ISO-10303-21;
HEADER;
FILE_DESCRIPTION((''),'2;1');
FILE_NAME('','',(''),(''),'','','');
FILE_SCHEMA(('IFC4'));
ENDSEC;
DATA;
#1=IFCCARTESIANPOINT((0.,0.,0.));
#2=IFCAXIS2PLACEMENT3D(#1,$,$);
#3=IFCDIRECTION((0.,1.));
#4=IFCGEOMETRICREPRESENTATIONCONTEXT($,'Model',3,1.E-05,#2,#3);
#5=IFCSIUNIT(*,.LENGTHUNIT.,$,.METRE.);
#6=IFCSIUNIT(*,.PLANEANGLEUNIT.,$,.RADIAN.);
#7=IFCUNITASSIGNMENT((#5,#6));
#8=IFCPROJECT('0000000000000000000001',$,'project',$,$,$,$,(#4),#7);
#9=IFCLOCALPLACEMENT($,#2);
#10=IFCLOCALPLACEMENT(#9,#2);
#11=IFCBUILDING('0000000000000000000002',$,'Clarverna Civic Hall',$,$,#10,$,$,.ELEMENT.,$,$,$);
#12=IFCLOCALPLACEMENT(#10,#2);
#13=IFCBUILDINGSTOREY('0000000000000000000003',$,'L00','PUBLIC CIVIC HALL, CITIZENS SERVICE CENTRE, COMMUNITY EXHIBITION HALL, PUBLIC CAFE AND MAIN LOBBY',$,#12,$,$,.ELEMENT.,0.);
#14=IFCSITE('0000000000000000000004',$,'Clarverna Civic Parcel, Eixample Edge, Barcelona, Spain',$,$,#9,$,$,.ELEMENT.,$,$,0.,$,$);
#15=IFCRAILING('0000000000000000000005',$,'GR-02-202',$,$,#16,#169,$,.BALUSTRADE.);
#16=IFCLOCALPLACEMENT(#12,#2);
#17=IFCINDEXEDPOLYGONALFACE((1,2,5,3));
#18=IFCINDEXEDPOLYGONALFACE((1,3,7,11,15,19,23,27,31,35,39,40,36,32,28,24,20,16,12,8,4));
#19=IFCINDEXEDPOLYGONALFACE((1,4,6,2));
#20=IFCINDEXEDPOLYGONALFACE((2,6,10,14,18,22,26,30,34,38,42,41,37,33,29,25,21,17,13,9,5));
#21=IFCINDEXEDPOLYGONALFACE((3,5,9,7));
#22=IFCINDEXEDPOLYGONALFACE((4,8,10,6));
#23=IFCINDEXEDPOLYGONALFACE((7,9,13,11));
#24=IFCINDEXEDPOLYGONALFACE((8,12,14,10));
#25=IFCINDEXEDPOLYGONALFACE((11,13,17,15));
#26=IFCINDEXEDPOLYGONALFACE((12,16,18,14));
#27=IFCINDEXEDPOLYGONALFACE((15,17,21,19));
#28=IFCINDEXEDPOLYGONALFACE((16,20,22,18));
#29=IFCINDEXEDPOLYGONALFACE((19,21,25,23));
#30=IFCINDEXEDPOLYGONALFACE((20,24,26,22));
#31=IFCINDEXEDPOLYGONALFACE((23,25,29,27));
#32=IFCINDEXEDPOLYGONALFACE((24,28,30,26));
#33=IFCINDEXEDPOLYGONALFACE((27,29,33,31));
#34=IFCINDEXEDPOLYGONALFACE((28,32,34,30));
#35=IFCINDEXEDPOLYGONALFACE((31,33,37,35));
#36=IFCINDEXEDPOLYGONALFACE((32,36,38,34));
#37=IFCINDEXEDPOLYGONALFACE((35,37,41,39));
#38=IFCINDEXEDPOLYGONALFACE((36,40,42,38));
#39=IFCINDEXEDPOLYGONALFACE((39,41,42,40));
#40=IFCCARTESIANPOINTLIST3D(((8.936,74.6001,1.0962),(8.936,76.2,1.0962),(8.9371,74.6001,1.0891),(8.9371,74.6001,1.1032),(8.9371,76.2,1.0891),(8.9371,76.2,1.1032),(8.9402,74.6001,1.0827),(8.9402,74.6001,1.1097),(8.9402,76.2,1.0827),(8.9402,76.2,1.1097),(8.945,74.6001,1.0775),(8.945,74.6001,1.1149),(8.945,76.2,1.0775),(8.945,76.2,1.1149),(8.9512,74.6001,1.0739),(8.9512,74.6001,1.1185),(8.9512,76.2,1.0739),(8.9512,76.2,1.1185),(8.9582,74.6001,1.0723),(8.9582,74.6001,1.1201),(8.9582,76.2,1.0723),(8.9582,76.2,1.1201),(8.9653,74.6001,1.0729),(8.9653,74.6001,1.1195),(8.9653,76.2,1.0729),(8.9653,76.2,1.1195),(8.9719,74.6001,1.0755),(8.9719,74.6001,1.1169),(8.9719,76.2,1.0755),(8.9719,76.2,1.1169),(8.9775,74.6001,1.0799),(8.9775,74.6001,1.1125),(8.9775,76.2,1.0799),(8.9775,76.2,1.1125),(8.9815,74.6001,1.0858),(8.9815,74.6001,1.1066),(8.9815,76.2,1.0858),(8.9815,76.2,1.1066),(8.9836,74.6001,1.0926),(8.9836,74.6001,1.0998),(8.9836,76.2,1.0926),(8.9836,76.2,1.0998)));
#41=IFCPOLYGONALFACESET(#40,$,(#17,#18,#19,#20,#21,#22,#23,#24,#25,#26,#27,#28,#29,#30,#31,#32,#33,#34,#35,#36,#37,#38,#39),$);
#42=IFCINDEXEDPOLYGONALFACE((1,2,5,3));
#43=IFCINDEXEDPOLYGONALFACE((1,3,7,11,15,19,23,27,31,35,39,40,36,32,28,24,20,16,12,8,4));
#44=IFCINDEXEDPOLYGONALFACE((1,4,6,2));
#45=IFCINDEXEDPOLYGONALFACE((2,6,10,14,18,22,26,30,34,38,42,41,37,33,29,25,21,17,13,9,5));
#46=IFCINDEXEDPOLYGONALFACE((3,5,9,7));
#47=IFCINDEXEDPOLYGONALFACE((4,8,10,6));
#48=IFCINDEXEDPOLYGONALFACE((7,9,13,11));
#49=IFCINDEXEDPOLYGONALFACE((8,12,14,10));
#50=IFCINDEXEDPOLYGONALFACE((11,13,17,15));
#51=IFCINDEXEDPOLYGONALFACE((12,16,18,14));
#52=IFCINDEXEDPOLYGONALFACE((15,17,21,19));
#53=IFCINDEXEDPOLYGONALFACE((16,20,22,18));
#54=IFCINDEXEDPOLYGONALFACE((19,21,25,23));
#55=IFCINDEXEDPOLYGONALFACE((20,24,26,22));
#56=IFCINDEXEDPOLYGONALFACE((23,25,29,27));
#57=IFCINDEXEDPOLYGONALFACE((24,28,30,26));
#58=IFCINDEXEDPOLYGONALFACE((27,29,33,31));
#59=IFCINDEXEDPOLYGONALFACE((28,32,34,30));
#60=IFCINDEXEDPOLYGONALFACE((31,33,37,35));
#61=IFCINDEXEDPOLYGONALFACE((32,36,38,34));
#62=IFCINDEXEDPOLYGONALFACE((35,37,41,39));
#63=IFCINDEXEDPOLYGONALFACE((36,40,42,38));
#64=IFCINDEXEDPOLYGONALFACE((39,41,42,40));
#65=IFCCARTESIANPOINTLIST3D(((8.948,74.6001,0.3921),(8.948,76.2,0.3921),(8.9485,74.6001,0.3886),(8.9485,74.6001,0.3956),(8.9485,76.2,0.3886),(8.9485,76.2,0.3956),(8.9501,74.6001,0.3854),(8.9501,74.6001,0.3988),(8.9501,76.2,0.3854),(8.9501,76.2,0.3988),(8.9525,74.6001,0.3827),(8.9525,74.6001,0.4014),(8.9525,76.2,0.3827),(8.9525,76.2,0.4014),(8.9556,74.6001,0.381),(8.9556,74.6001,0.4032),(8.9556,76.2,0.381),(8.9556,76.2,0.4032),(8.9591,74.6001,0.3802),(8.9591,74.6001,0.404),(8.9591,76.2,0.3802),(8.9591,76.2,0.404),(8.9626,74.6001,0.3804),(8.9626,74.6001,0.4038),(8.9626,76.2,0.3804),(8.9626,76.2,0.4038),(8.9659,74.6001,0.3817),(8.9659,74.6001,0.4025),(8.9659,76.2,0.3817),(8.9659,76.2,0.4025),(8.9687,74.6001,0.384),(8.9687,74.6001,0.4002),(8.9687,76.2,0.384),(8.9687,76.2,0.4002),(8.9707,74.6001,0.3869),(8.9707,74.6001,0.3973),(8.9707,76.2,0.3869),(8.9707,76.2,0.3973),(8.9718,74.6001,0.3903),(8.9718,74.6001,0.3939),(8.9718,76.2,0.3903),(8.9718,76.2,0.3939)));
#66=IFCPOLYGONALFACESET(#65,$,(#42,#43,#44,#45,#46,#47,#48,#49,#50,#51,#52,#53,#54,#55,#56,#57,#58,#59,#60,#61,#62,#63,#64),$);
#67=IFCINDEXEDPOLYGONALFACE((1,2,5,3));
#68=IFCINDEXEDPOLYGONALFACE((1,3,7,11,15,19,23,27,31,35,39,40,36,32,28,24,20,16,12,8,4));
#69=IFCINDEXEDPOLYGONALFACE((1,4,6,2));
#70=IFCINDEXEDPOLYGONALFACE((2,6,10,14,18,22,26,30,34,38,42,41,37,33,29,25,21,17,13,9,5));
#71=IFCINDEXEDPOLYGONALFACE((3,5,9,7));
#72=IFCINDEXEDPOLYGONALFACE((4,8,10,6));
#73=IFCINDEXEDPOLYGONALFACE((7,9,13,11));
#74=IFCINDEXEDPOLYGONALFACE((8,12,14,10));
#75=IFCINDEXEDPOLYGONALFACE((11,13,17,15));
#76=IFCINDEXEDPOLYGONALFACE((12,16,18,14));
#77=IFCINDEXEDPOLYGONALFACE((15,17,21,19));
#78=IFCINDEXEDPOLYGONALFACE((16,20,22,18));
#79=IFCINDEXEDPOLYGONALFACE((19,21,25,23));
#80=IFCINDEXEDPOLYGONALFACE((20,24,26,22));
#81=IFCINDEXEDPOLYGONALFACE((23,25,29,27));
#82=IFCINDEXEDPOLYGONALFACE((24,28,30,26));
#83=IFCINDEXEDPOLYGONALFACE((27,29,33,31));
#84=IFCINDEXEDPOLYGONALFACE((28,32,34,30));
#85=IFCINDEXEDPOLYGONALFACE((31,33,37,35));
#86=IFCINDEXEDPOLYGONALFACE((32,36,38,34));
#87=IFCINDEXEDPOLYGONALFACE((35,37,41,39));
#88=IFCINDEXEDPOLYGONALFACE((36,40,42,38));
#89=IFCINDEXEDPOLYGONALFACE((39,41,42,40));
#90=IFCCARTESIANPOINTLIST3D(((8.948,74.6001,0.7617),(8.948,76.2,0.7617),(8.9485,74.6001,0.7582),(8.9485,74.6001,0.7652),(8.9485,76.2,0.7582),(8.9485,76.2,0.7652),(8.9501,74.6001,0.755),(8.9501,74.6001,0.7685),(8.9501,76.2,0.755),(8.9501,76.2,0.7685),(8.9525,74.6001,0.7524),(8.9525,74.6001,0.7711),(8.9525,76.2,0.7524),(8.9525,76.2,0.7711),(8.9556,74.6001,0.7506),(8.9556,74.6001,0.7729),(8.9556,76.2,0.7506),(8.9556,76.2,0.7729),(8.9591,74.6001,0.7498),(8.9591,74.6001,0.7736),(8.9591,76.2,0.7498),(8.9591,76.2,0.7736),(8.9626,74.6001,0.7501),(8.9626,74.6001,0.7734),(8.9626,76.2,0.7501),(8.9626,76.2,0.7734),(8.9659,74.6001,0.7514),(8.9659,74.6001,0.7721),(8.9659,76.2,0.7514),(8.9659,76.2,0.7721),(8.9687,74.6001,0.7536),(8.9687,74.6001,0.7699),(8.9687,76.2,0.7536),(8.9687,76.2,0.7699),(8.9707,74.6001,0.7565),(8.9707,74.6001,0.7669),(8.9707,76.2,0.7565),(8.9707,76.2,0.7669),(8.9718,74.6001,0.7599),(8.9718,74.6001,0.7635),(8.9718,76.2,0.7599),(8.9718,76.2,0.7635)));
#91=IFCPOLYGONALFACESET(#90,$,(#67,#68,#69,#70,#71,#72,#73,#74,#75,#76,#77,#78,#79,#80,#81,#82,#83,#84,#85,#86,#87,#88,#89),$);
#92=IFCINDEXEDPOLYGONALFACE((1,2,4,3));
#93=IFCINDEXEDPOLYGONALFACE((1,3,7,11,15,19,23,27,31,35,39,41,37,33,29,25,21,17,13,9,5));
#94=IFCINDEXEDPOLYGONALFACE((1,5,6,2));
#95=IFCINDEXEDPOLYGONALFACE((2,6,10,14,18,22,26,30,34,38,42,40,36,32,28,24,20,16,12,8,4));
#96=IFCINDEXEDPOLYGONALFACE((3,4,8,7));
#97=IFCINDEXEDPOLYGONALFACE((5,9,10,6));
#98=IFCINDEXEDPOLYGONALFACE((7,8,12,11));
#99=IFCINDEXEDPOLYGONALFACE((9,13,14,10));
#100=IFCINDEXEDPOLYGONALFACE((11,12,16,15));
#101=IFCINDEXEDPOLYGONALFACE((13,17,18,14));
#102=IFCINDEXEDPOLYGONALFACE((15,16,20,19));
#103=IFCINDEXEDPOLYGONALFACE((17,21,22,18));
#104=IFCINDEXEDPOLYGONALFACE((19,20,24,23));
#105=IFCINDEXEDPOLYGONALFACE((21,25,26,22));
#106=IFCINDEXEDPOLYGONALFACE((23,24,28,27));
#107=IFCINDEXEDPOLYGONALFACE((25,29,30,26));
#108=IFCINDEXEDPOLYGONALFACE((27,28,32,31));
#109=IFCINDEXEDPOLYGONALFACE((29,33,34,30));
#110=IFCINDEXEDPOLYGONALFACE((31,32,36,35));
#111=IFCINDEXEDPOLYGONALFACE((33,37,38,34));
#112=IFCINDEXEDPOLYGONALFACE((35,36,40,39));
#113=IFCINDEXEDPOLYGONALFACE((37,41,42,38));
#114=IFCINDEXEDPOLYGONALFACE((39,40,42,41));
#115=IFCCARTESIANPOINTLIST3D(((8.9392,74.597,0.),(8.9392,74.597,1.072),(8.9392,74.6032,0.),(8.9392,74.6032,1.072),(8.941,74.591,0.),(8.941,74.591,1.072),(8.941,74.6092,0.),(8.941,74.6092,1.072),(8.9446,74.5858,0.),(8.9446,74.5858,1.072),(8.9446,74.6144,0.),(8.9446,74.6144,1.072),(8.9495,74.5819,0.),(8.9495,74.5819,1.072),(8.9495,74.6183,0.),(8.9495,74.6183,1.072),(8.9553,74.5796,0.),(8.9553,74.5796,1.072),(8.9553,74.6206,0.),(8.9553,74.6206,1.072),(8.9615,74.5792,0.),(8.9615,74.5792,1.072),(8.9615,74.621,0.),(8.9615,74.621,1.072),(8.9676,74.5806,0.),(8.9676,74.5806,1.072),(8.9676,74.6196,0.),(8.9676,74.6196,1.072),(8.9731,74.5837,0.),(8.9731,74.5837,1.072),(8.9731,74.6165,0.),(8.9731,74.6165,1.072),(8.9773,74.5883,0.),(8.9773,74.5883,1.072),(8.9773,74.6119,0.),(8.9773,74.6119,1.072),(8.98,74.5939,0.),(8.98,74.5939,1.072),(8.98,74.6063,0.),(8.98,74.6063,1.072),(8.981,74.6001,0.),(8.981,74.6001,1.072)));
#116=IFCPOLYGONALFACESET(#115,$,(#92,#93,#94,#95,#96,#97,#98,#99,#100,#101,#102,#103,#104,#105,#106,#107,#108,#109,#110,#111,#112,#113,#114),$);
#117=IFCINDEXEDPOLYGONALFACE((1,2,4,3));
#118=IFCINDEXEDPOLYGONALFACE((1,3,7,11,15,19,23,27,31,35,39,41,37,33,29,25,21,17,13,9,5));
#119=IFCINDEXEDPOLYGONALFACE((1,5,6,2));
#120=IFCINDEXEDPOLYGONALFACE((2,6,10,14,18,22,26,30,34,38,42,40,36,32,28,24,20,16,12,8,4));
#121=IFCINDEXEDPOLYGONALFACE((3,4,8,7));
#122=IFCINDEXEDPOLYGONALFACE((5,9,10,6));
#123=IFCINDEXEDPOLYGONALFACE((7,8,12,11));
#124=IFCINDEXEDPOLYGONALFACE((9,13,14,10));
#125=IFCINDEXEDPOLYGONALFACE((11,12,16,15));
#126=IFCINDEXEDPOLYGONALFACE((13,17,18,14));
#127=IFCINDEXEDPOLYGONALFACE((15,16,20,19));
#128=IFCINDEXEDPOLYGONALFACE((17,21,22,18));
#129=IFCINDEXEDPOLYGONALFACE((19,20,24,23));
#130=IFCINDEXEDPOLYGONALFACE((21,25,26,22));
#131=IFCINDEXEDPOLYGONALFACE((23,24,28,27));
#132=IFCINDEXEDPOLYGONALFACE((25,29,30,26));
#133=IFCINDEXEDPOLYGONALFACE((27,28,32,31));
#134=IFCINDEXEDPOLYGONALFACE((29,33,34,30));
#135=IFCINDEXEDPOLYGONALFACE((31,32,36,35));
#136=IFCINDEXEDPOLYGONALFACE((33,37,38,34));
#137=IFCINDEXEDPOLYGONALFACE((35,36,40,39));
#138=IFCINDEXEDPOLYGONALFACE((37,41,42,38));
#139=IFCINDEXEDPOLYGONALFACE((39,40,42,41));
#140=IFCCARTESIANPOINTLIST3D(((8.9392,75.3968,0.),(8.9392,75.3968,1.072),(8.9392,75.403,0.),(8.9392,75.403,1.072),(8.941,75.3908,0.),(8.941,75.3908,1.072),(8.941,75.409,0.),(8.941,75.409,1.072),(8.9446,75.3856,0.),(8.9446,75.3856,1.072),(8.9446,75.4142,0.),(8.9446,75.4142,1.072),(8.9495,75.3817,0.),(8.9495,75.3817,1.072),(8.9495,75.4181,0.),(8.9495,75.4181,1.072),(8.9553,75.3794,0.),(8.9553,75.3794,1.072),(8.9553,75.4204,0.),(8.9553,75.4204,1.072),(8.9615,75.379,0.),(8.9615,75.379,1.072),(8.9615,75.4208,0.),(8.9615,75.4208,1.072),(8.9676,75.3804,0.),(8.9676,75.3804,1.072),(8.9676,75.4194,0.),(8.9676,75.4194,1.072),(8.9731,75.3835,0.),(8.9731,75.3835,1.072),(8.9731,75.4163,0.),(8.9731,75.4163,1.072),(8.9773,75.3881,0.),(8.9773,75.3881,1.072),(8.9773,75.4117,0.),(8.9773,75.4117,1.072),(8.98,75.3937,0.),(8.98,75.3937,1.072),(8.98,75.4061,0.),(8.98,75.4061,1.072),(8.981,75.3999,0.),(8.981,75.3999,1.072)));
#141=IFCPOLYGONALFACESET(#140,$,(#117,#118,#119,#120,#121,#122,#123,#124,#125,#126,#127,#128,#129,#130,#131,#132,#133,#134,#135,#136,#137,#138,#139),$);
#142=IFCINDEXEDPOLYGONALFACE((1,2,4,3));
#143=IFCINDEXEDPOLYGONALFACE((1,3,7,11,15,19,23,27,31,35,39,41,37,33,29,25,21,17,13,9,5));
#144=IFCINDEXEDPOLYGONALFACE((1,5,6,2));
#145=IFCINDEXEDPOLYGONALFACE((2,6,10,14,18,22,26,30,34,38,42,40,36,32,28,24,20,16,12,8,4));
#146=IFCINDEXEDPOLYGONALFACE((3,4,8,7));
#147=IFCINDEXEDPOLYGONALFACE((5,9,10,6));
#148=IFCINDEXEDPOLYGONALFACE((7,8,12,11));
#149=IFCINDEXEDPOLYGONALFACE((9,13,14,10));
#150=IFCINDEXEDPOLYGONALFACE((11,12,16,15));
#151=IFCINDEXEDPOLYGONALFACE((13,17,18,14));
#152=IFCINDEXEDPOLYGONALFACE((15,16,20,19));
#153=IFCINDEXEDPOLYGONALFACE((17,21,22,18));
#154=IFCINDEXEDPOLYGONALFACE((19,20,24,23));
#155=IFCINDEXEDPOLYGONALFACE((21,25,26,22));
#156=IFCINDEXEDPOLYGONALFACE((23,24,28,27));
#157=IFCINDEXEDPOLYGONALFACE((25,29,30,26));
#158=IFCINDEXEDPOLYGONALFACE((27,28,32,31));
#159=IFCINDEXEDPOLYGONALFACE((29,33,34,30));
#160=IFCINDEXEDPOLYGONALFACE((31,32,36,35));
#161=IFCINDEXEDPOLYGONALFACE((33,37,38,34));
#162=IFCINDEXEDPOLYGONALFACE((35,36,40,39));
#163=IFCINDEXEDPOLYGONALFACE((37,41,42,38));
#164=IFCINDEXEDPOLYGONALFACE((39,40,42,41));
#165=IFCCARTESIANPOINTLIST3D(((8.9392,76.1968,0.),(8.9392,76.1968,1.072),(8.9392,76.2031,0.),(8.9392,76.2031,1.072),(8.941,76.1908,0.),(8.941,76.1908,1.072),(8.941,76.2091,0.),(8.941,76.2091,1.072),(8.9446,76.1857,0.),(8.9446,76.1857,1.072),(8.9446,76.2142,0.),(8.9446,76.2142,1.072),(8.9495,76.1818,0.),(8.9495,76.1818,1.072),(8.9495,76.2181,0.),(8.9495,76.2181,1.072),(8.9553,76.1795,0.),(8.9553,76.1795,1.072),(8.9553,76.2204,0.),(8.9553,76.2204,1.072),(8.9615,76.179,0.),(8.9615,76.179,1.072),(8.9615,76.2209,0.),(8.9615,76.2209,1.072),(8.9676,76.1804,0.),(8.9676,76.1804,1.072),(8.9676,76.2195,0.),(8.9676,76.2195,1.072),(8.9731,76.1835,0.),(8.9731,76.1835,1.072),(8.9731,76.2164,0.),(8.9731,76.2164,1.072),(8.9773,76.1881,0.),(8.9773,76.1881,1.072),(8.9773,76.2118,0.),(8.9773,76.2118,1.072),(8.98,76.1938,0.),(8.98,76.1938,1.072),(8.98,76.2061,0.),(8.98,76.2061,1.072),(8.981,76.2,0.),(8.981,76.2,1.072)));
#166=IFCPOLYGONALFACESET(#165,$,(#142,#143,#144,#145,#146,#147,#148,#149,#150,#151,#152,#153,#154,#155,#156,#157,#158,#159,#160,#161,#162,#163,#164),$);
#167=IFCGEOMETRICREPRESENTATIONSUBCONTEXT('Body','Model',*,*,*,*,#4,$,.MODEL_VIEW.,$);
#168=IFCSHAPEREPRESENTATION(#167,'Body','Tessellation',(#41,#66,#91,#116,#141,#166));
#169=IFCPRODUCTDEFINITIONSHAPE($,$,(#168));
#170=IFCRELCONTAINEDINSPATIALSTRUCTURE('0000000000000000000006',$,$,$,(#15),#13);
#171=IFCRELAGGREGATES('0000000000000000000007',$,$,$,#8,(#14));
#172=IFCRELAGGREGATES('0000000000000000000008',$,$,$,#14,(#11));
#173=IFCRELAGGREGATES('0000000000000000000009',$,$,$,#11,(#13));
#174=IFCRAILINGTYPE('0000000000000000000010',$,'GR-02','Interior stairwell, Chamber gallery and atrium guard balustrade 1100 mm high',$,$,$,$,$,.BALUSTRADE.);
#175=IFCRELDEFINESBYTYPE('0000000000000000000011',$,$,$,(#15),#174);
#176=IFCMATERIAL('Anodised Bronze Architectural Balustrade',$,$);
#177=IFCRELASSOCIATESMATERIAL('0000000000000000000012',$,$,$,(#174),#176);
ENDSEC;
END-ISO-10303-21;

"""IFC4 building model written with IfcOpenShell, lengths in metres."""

from ifc_helpers import new_model, si_unit, direction, frame, origin, origin_2d, place, context, subcontext, project, spatial, circle, extrude, material, type_object, element, save


model = new_model("IFC4")

# Units and contexts
model_context = context("Model", 3, precision=1e-05, world=origin(), true_north=direction((0.0, 1.0)))
body_context = subcontext(model_context, "Body", "Model", "MODEL_VIEW")
ifc_project = project(units=[si_unit("LENGTHUNIT", "METRE"), si_unit("PLANEANGLEUNIT", "RADIAN")], contexts=[model_context])

# Site, building, storey
site_placement = place(None, origin())
site = spatial("IfcSite", under=ifc_project, at=site_placement, Name="Clarverna Civic Parcel, Eixample Edge, Barcelona, Spain", CompositionType="ELEMENT", RefElevation=0.0)
building_placement = place(site_placement, origin())
building = spatial("IfcBuilding", under=site, at=building_placement, Name="Clarverna Civic Hall", CompositionType="ELEMENT")
storey_placement = place(building_placement, origin())
storey = spatial("IfcBuildingStorey", under=building, at=storey_placement, Name="L00", Description="PUBLIC CIVIC HALL, CITIZENS SERVICE CENTRE, COMMUNITY EXHIBITION HALL, PUBLIC CAFE AND MAIN LOBBY", CompositionType="ELEMENT", Elevation=0.0)

# Railing
ifc_material_1 = material(Name="Anodised Bronze Architectural Balustrade")
railing_type_1 = type_object("IfcRailingType", Name="GR-02", Description="Interior stairwell, Chamber gallery and atrium guard balustrade 1100 mm high", PredefinedType="BALUSTRADE", material=ifc_material_1)
railing_1_placement = place(storey_placement, frame((8.96, 74.6001, 0.0)))
element("IfcRailing", 1, at=railing_1_placement, inside=storey, type_object=railing_type_1, Name="GR-02-202", PredefinedType="BALUSTRADE", context=body_context, shape_type="SweptSolid", body=[
    extrude(circle(Radius=0.0239, at=origin_2d()), frame((0.0, 0.0, 1.0962), z_axis=(0.0, 1.0, 0.0), x_axis=(-1.0, 0.0, 0.0)), (0.0, 0.0, 1.0), 1.5999),
    extrude(circle(Radius=0.012, at=origin_2d()), frame((0.0, 0.0, 0.3921), z_axis=(0.0, 1.0, 0.0), x_axis=(-1.0, 0.0, 0.0)), (0.0, 0.0, 1.0), 1.5999),
    extrude(circle(Radius=0.012, at=origin_2d()), frame((0.0, 0.0, 0.7617), z_axis=(0.0, 1.0, 0.0), x_axis=(-1.0, 0.0, 0.0)), (0.0, 0.0, 1.0), 1.5999),
    extrude(circle(Radius=0.021, at=origin_2d()), origin(), (0.0, 0.0, 1.0), 1.072),
    extrude(circle(Radius=0.021, at=origin_2d()), frame((0.0, 0.7998, 0.0)), (0.0, 0.0, 1.0), 1.072),
    extrude(circle(Radius=0.021, at=origin_2d()), frame((0.0, 1.5999, 0.0)), (0.0, 0.0, 1.0), 1.072),
])

save(model, "model.ifc")
